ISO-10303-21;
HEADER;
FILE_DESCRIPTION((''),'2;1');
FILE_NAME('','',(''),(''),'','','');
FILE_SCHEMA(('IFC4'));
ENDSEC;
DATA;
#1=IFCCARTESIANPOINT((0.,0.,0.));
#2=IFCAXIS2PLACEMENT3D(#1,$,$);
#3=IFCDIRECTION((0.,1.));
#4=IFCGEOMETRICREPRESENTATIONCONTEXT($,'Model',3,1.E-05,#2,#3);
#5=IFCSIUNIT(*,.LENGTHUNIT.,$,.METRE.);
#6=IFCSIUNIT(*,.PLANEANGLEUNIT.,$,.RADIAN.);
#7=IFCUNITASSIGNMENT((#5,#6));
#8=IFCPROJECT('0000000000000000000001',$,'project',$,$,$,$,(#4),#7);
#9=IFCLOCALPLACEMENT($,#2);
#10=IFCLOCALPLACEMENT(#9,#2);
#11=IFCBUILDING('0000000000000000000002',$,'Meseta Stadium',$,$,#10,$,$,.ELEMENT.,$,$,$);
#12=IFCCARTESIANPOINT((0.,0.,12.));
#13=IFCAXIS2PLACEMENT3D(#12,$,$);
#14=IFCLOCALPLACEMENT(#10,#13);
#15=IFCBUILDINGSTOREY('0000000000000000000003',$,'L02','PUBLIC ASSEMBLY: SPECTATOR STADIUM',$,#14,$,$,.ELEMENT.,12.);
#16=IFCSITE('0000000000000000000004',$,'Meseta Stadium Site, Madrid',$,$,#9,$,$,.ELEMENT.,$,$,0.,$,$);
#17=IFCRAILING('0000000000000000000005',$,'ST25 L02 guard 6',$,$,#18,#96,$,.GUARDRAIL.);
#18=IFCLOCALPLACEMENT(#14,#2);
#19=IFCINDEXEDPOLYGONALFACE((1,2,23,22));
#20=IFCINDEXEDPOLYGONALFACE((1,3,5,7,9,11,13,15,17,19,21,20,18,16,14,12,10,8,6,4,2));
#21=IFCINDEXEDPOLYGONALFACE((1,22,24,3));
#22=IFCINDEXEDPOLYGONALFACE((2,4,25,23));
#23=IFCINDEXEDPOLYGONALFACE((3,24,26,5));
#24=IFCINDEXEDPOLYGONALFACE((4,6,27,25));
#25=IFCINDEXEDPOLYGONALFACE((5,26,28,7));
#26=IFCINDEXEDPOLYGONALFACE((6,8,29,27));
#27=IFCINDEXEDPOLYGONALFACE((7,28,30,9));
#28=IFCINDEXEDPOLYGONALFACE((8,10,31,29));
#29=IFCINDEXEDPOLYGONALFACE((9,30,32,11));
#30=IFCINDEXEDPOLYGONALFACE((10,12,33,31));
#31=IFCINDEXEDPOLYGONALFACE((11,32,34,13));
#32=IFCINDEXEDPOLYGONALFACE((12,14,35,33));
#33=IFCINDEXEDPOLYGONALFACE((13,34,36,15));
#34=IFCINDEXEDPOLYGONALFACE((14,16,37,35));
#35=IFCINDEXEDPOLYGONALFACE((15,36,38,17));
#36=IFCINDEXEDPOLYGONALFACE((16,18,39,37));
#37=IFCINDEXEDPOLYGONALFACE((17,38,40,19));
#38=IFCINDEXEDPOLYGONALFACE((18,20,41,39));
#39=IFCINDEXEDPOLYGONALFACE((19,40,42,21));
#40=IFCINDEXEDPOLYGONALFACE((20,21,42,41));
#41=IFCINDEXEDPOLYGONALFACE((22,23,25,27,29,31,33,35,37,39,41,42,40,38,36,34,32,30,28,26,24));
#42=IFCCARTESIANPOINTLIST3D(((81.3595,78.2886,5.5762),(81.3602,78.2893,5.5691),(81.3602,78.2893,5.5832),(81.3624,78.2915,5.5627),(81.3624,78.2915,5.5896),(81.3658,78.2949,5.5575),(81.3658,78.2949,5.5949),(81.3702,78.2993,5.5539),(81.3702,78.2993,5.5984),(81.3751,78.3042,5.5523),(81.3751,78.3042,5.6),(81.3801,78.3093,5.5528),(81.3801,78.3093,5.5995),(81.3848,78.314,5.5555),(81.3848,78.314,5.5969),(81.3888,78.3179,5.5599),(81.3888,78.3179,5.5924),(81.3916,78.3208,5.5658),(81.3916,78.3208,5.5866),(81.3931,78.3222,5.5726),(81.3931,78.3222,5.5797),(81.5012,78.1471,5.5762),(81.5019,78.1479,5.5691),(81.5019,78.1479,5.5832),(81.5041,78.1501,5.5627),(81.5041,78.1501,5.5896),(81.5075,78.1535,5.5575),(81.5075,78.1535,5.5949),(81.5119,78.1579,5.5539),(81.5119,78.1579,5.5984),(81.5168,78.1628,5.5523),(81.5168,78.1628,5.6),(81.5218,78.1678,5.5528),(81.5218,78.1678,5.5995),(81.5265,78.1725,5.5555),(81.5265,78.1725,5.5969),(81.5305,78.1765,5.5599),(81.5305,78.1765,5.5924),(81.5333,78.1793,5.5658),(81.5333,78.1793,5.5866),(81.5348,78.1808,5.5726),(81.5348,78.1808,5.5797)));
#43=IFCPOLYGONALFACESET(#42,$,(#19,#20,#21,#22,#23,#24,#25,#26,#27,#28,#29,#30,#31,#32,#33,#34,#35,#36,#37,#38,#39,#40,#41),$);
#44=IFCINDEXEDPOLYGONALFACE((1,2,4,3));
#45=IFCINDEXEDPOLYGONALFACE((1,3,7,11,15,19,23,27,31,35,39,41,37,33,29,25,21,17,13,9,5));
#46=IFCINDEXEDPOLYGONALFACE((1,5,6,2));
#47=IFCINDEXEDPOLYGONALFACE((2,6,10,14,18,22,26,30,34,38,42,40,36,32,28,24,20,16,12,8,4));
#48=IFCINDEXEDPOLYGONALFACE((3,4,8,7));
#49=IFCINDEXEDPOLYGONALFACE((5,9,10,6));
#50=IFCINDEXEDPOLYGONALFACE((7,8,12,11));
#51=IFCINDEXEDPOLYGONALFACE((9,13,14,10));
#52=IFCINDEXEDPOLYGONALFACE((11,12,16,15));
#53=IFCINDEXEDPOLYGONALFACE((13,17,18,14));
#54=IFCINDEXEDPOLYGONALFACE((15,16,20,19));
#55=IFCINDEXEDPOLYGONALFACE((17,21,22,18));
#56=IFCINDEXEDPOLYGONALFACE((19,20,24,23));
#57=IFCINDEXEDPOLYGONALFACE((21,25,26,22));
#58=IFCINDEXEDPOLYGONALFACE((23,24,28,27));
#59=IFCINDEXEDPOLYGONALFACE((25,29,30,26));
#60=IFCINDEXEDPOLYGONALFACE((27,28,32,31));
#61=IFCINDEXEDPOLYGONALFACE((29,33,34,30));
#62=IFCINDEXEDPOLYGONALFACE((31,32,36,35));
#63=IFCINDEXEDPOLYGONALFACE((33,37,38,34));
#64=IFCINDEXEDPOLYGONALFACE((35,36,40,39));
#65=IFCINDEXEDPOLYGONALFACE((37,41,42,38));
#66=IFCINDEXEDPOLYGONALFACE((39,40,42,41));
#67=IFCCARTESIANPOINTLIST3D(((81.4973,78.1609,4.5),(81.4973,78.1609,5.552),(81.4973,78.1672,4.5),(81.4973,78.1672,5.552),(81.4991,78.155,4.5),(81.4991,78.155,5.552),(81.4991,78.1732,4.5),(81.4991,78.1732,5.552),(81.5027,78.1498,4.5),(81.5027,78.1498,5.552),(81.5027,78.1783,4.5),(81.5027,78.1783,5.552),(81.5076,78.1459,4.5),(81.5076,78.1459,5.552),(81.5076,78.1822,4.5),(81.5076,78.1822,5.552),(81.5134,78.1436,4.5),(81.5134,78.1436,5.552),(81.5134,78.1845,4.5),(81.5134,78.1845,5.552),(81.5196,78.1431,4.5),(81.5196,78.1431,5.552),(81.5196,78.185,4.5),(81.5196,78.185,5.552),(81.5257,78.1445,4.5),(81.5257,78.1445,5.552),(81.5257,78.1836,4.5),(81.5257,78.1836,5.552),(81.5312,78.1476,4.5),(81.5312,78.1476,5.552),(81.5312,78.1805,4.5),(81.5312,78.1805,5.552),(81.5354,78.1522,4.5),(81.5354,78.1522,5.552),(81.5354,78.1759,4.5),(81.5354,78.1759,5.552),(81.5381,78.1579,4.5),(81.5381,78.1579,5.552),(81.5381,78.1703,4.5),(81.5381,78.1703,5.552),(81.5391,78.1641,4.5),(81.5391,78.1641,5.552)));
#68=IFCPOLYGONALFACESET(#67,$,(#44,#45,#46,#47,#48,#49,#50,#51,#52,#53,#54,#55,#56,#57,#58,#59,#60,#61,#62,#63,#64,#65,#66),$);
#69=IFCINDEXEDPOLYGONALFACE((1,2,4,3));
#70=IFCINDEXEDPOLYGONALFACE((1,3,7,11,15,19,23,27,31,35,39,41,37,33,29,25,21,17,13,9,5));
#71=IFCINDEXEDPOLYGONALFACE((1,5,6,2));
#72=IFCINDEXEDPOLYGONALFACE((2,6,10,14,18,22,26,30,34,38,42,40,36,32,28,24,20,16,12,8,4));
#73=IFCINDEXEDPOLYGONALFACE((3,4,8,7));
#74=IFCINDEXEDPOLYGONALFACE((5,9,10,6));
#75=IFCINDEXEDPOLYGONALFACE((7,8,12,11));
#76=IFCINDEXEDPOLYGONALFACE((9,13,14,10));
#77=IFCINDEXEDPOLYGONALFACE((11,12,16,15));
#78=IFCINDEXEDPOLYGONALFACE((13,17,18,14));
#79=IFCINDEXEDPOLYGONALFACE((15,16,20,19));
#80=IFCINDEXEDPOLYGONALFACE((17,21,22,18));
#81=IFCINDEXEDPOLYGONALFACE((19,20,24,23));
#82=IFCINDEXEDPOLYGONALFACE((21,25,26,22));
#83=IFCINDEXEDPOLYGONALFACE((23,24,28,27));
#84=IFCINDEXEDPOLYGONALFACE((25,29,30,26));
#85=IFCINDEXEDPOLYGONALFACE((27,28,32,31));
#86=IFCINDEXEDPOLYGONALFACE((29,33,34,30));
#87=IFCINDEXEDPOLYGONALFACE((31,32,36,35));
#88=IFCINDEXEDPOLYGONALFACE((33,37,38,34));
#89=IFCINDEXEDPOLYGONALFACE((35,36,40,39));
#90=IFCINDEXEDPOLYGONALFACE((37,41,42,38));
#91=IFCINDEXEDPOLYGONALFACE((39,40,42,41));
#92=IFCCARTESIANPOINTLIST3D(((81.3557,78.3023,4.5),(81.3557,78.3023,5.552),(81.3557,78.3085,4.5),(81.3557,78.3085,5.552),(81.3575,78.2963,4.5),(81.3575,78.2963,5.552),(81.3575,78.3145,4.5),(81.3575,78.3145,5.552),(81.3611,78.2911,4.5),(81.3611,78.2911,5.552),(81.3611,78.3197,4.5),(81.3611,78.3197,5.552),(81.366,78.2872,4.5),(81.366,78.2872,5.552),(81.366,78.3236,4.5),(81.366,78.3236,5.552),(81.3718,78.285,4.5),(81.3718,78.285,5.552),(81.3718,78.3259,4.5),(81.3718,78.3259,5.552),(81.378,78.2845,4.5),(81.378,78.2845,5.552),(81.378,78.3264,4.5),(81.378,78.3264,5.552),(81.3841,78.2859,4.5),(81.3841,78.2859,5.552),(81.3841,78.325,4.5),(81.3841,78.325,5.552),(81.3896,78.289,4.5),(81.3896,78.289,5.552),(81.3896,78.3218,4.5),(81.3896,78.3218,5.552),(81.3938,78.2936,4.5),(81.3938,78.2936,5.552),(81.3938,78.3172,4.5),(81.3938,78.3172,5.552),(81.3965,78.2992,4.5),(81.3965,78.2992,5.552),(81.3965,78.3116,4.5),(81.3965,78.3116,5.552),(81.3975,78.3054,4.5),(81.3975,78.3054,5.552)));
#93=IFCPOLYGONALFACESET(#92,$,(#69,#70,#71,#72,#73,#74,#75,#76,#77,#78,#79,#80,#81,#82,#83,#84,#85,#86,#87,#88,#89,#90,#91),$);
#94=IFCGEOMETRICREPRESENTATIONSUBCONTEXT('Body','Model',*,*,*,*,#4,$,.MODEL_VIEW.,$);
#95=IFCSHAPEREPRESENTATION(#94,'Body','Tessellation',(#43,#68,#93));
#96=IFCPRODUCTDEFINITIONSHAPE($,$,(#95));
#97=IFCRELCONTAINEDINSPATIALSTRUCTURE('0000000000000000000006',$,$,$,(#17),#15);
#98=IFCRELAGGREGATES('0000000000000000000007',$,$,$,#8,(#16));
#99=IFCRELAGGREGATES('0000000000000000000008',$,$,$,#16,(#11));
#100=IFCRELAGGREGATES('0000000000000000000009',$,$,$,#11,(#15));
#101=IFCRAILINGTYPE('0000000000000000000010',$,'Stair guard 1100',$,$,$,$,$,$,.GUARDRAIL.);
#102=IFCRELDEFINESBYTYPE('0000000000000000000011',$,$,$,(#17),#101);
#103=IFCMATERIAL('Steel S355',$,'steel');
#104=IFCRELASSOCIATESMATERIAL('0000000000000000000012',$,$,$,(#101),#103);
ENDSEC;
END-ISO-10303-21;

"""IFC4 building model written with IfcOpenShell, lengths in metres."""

from ifc_helpers import new_model, si_unit, direction, frame, origin, origin_2d, place, context, subcontext, project, spatial, circle, extrude, material, type_object, element, save


model = new_model("IFC4")

# Units and contexts
model_context = context("Model", 3, precision=1e-05, world=origin(), true_north=direction((0.0, 1.0)))
body_context = subcontext(model_context, "Body", "Model", "MODEL_VIEW")
ifc_project = project(units=[si_unit("LENGTHUNIT", "METRE"), si_unit("PLANEANGLEUNIT", "RADIAN")], contexts=[model_context])

# Site, building, storey
site_placement = place(None, origin())
site = spatial("IfcSite", under=ifc_project, at=site_placement, Name="Meseta Stadium Site, Madrid", CompositionType="ELEMENT", RefElevation=0.0)
building_placement = place(site_placement, origin())
building = spatial("IfcBuilding", under=site, at=building_placement, Name="Meseta Stadium", CompositionType="ELEMENT")
storey_placement = place(building_placement, frame((0.0, 0.0, 12.0)))
storey = spatial("IfcBuildingStorey", under=building, at=storey_placement, Name="L02", Description="PUBLIC ASSEMBLY: SPECTATOR STADIUM", CompositionType="ELEMENT", Elevation=12.0)

# Railing
ifc_material_1 = material(Name="Steel S355", Category="steel")
railing_type_1 = type_object("IfcRailingType", Name="Stair guard 1100", PredefinedType="GUARDRAIL", material=ifc_material_1)
railing_1_placement = place(storey_placement, frame((81.5181, 78.1641, 4.5)))
element("IfcRailing", 1, at=railing_1_placement, inside=storey, type_object=railing_type_1, Name="ST25 L02 guard 6", PredefinedType="GUARDRAIL", context=body_context, shape_type="SweptSolid", body=[
    extrude(circle(Radius=0.0239, at=origin_2d()), frame((0.0, 0.0, 1.0762), z_axis=(-0.707717, 0.706496, 0.0), x_axis=(-0.706496, -0.707717, 0.0)), (0.0, 0.0, 1.0), 0.2002),
    extrude(circle(Radius=0.021, at=origin_2d()), origin(), (0.0, 0.0, 1.0), 1.052),
    extrude(circle(Radius=0.021, at=origin_2d()), frame((-0.1416, 0.1414, 0.0)), (0.0, 0.0, 1.0), 1.052),
])

save(model, "model.ifc")
